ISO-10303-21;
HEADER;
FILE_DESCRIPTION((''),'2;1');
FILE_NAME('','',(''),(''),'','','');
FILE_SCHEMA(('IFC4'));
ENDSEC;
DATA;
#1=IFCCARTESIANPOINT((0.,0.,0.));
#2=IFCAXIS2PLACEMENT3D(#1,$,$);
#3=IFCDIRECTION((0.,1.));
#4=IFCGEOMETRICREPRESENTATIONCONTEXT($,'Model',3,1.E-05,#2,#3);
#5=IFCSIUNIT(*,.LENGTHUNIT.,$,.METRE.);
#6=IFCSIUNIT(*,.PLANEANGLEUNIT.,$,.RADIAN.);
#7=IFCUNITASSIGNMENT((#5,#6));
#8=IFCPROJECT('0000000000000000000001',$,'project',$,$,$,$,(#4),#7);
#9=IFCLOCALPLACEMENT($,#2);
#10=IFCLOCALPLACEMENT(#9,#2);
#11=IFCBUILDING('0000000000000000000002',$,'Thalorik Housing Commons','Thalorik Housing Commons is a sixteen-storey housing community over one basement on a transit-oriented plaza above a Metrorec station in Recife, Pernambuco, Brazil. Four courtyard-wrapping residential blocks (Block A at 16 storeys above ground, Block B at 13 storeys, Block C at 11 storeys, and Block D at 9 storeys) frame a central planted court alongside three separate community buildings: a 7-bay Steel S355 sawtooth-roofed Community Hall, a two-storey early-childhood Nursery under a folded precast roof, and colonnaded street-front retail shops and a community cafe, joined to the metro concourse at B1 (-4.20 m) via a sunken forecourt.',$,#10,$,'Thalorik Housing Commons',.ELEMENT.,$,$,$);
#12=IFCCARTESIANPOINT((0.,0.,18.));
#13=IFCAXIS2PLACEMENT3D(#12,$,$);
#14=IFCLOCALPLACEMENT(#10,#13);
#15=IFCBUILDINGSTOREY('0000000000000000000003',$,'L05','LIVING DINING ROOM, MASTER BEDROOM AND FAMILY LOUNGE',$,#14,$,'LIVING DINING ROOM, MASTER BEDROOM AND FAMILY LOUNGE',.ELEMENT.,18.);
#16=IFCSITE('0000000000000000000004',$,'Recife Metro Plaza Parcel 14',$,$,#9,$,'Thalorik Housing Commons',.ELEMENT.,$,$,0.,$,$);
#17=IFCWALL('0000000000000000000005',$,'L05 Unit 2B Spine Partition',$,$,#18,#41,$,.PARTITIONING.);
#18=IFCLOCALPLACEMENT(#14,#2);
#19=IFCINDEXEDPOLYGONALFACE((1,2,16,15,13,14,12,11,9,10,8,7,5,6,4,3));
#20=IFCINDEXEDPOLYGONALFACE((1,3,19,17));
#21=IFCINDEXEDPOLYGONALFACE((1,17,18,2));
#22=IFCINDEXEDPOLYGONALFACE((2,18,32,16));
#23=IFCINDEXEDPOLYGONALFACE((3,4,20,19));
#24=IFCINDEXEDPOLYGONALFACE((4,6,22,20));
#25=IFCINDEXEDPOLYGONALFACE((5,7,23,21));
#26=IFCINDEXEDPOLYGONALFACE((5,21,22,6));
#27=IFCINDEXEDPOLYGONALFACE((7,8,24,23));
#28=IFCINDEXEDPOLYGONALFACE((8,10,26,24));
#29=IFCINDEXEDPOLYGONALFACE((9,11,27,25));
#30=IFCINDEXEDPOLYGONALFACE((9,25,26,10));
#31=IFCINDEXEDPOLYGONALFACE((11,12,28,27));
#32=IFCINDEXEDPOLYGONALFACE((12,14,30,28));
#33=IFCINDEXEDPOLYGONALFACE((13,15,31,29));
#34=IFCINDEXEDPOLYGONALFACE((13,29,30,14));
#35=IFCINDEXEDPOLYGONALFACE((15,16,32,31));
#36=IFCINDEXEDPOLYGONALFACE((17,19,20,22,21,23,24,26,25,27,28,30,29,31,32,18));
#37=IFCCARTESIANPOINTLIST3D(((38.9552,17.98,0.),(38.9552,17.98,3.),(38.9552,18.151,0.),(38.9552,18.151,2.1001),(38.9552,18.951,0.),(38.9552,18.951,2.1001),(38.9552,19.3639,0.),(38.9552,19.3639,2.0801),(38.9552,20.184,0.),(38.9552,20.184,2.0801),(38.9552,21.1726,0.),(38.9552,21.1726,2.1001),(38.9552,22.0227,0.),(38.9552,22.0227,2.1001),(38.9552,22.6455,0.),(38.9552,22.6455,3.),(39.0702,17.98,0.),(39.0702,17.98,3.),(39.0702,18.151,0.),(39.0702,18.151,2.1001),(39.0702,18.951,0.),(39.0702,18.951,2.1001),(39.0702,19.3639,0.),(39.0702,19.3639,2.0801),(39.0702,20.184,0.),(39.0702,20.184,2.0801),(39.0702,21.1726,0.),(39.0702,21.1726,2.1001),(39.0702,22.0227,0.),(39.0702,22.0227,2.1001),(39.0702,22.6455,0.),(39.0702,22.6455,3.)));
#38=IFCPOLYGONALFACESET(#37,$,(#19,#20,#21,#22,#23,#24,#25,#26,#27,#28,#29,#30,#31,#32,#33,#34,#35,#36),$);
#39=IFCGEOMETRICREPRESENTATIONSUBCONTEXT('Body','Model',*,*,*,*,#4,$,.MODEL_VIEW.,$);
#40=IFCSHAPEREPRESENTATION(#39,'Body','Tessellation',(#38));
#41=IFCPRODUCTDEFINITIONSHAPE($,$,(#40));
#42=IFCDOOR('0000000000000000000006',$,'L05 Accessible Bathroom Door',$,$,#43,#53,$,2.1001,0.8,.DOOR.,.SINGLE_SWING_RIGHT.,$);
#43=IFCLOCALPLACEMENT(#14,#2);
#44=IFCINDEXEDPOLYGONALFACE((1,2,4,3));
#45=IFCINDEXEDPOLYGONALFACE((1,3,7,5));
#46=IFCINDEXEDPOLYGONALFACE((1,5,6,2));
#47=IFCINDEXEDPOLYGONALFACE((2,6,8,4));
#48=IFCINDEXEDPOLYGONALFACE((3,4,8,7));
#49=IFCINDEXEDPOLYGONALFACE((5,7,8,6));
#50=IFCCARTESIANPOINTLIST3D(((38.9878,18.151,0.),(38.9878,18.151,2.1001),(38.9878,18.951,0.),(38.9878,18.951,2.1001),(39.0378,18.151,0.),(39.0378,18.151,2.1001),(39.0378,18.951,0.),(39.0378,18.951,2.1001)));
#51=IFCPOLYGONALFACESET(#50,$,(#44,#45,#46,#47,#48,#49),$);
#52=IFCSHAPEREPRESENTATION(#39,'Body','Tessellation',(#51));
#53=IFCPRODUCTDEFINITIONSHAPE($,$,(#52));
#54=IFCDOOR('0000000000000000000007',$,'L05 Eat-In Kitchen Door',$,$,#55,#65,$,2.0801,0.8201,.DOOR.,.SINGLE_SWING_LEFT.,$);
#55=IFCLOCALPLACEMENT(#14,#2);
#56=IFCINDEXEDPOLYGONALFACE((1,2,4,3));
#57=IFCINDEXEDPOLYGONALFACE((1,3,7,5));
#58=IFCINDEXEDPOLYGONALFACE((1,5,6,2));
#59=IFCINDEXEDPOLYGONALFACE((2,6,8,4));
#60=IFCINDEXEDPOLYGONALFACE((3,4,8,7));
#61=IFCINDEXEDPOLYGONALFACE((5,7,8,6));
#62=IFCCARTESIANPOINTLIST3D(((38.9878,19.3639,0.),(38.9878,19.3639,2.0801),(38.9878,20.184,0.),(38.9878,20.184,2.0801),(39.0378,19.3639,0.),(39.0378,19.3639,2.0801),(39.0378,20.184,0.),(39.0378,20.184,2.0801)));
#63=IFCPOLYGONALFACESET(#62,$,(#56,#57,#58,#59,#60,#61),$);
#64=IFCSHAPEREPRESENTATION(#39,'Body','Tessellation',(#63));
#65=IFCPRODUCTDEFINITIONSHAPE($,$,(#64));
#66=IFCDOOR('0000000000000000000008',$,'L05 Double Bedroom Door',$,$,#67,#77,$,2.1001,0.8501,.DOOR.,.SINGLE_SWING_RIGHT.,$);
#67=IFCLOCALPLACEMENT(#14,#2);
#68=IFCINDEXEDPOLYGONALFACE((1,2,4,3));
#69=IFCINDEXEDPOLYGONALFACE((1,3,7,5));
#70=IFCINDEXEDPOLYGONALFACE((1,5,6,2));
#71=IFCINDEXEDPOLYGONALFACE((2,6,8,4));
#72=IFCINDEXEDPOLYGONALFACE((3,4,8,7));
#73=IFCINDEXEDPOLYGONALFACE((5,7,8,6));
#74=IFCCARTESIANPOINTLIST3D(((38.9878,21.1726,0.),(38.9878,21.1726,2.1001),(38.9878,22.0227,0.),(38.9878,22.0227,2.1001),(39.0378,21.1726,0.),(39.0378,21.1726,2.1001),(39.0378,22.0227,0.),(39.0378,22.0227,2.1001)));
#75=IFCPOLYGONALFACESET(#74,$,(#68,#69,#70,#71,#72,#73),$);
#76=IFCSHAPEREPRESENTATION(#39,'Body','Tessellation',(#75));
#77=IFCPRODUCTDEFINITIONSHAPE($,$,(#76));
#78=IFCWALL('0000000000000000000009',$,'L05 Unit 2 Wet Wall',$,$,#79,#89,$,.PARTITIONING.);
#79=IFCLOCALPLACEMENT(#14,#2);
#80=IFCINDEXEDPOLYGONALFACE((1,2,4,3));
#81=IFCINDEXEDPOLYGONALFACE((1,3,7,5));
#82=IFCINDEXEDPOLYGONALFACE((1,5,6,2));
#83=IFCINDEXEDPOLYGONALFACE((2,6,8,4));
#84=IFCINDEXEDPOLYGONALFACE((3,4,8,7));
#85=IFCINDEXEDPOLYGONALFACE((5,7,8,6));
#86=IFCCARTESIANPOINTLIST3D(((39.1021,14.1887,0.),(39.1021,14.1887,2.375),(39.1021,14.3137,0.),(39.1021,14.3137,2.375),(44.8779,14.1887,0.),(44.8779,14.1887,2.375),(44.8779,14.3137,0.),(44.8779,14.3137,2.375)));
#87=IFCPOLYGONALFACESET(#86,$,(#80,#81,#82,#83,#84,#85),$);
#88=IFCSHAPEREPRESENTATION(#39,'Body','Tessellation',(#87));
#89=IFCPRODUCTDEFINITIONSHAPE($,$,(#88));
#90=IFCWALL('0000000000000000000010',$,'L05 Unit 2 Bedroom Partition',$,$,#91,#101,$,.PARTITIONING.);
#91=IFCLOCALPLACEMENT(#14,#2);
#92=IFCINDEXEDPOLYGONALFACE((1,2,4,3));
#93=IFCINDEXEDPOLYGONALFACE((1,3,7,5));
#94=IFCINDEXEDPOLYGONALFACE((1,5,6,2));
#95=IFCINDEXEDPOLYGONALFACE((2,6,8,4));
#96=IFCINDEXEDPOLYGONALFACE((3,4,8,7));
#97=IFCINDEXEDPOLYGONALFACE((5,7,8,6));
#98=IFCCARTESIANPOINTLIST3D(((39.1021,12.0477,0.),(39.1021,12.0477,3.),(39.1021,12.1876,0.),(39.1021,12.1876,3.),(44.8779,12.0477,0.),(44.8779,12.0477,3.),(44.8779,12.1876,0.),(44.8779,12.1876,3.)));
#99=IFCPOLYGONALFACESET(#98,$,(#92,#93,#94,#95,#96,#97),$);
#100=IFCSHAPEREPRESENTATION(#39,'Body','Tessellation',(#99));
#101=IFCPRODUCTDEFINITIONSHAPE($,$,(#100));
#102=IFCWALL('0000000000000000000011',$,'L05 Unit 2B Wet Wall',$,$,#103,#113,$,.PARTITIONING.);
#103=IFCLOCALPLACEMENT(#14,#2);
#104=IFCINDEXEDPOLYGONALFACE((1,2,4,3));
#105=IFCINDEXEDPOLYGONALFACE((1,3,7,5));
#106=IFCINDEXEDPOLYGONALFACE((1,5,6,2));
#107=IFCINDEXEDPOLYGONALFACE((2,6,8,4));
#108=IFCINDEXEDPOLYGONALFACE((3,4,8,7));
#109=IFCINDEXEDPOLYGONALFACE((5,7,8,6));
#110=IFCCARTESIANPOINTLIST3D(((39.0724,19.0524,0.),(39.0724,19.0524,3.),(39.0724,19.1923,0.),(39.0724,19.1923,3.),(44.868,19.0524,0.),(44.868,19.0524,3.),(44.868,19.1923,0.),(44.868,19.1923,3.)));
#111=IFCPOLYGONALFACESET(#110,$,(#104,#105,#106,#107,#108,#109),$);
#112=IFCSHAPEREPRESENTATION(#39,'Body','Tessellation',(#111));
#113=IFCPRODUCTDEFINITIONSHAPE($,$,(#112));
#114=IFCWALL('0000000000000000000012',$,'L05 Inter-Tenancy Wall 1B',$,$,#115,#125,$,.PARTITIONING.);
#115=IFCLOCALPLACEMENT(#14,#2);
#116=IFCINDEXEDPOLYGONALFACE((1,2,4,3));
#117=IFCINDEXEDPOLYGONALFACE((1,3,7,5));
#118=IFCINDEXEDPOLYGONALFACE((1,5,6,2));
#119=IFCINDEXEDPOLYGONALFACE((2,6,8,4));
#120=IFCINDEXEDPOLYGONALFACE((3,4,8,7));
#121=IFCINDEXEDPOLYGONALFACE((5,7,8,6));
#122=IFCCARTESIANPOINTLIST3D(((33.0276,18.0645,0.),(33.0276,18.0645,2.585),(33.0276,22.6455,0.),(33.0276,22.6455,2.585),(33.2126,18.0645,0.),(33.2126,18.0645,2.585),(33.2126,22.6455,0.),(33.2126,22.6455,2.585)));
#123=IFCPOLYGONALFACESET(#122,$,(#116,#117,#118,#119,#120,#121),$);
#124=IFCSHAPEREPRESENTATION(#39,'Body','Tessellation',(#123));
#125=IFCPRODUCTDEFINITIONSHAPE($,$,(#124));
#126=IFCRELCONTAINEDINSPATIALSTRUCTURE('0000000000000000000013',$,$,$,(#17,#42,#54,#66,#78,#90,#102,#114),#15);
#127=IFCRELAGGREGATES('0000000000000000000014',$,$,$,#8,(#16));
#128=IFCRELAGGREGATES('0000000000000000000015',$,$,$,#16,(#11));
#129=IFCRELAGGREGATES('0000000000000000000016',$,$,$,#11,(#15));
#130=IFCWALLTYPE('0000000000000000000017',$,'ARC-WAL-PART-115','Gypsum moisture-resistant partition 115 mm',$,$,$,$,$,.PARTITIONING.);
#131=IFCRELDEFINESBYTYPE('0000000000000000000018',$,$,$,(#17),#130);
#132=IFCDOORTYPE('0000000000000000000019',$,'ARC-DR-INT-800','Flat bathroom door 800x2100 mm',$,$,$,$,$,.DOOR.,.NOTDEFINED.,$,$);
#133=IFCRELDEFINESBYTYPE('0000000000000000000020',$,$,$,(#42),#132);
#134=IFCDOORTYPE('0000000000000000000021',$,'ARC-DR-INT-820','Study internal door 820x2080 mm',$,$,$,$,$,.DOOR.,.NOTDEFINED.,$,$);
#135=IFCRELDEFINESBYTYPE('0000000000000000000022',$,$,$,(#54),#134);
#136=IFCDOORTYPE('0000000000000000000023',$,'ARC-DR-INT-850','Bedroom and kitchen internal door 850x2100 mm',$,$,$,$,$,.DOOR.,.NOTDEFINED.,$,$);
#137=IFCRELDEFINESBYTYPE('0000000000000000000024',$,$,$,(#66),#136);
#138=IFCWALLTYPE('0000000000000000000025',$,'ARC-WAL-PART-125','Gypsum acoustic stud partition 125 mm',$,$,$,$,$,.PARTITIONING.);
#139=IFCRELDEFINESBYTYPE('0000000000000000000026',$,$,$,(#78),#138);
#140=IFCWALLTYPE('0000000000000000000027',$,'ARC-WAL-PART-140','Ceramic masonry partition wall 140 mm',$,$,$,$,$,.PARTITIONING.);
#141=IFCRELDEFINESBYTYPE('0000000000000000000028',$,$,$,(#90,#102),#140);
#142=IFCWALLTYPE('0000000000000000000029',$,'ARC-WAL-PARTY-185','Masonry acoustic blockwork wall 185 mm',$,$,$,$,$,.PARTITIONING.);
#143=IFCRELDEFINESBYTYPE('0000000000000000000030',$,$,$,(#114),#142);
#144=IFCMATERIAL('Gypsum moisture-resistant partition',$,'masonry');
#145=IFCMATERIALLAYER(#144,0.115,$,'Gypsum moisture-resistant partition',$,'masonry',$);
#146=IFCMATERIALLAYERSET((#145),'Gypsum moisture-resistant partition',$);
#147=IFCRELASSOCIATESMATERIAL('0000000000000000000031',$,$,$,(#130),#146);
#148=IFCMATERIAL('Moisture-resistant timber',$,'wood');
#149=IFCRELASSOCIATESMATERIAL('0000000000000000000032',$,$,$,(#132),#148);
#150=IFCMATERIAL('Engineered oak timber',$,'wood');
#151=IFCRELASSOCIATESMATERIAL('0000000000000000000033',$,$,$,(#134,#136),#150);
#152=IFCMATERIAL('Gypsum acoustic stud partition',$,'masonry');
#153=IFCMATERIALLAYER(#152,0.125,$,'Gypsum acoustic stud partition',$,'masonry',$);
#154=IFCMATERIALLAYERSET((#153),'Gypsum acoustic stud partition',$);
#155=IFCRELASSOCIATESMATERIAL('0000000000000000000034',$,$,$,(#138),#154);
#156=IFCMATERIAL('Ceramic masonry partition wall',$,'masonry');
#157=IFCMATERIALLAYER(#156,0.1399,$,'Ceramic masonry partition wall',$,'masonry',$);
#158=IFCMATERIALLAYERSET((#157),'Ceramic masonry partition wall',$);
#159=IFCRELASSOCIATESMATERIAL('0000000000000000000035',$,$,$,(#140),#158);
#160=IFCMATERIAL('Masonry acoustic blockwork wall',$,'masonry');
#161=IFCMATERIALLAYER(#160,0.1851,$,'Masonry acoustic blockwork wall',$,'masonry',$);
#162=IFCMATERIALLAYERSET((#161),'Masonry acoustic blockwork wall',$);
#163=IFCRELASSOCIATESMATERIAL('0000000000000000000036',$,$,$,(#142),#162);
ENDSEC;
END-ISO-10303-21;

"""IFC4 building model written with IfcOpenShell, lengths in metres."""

from ifc_helpers import new_model, si_unit, direction, frame, frame_2d, origin, place, context, subcontext, project, spatial, rectangle, extrude, material, layer, layer_set, type_object, element, fill, save


model = new_model("IFC4")

# Units and contexts
model_context = context("Model", 3, precision=1e-05, world=origin(), true_north=direction((0.0, 1.0)))
body_context = subcontext(model_context, "Body", "Model", "MODEL_VIEW")
ifc_project = project(units=[si_unit("LENGTHUNIT", "METRE"), si_unit("PLANEANGLEUNIT", "RADIAN")], contexts=[model_context])

# Site, building, storey
site_placement = place(None, origin())
site = spatial("IfcSite", under=ifc_project, at=site_placement, Name="Recife Metro Plaza Parcel 14", LongName="Thalorik Housing Commons", CompositionType="ELEMENT", RefElevation=0.0)
building_placement = place(site_placement, origin())
building = spatial("IfcBuilding", under=site, at=building_placement, Name="Thalorik Housing Commons", Description="Thalorik Housing Commons is a sixteen-storey housing community over one basement on a transit-oriented plaza above a Metrorec station in Recife, Pernambuco, Brazil. Four courtyard-wrapping residential blocks (Block A at 16 storeys above ground, Block B at 13 storeys, Block C at 11 storeys, and Block D at 9 storeys) frame a central planted court alongside three separate community buildings: a 7-bay Steel S355 sawtooth-roofed Community Hall, a two-storey early-childhood Nursery under a folded precast roof, and colonnaded street-front retail shops and a community cafe, joined to the metro concourse at B1 (-4.20 m) via a sunken forecourt.", LongName="Thalorik Housing Commons", CompositionType="ELEMENT")
storey_placement = place(building_placement, frame((0.0, 0.0, 18.0)))
storey = spatial("IfcBuildingStorey", under=building, at=storey_placement, Name="L05", Description="LIVING DINING ROOM, MASTER BEDROOM AND FAMILY LOUNGE", LongName="LIVING DINING ROOM, MASTER BEDROOM AND FAMILY LOUNGE", CompositionType="ELEMENT", Elevation=18.0)

# Wall, openings, doors
ifc_material_1 = material(Name="Gypsum moisture-resistant partition", Category="masonry")
ifc_layer_1 = layer(ifc_material_1, 0.115, Name="Gypsum moisture-resistant partition", Category="masonry")
ifc_layer_set_1 = layer_set([ifc_layer_1], Name="Gypsum moisture-resistant partition")
wall_type_1 = type_object("IfcWallType", Name="ARC-WAL-PART-115", Description="Gypsum moisture-resistant partition 115 mm", PredefinedType="PARTITIONING", material=ifc_layer_set_1)
wall_1_placement = place(storey_placement, frame((39.0127, 17.98, 0.0), z_axis=(0.0, 0.0, 1.0), x_axis=(0.0, 1.0, 0.0)))
wall_1 = element("IfcWall", 1, at=wall_1_placement, inside=storey, type_object=wall_type_1, Name="L05 Unit 2B Spine Partition", PredefinedType="PARTITIONING", context=body_context, shape_type="SweptSolid", body=[
    extrude(rectangle(XDim=4.6655, YDim=0.115, at=frame_2d((2.3328, 0.0))), origin(), (0.0, 0.0, 1.0), 3.0),
])
opening_1_placement = place(wall_1_placement, frame((0.1711, 0.0, 0.0)))
opening_1 = element("IfcOpeningElement", 2, at=opening_1_placement, cuts=wall_1, PredefinedType="OPENING", context=body_context, shape_type="SweptSolid", body=[
    extrude(rectangle(XDim=0.8, YDim=2.1001, at=frame_2d((0.3999, 1.05))), frame((0.0, 0.0674, 0.0), z_axis=(0.0, -1.0, 0.0), x_axis=(1.0, 0.0, 0.0)), (0.0, 0.0, 1.0), 0.135),
])
opening_2_placement = place(wall_1_placement, frame((1.3838, 0.0, 0.0)))
opening_2 = element("IfcOpeningElement", 3, at=opening_2_placement, cuts=wall_1, PredefinedType="OPENING", context=body_context, shape_type="SweptSolid", body=[
    extrude(rectangle(XDim=0.8201, YDim=2.0801, at=frame_2d((0.4102, 1.04))), frame((0.0, 0.0674, 0.0), z_axis=(0.0, -1.0, 0.0), x_axis=(1.0, 0.0, 0.0)), (0.0, 0.0, 1.0), 0.135),
])
opening_3_placement = place(wall_1_placement, frame((3.1926, 0.0, 0.0)))
opening_3 = element("IfcOpeningElement", 4, at=opening_3_placement, cuts=wall_1, PredefinedType="OPENING", context=body_context, shape_type="SweptSolid", body=[
    extrude(rectangle(XDim=0.8501, YDim=2.1001, at=frame_2d((0.425, 1.05))), frame((0.0, 0.0674, 0.0), z_axis=(0.0, -1.0, 0.0), x_axis=(1.0, 0.0, 0.0)), (0.0, 0.0, 1.0), 0.135),
])
ifc_material_2 = material(Name="Moisture-resistant timber", Category="wood")
door_type_1 = type_object("IfcDoorType", Name="ARC-DR-INT-800", Description="Flat bathroom door 800x2100 mm", OperationType="NOTDEFINED", PredefinedType="DOOR", material=ifc_material_2)
door_1_placement = place(opening_1_placement, origin())
door_1 = element("IfcDoor", 5, at=door_1_placement, inside=storey, type_object=door_type_1, Name="L05 Accessible Bathroom Door", OperationType="SINGLE_SWING_RIGHT", OverallHeight=2.1001, OverallWidth=0.8, PredefinedType="DOOR", context=body_context, shape_type="SweptSolid", body=[
    extrude(rectangle(XDim=0.8, YDim=2.1001, at=frame_2d((0.3999, 1.05))), frame((0.0, 0.0249, 0.0), z_axis=(0.0, -1.0, 0.0), x_axis=(1.0, 0.0, 0.0)), (0.0, 0.0, 1.0), 0.05),
])
fill(opening_1, door_1)
ifc_material_3 = material(Name="Engineered oak timber", Category="wood")
door_type_2 = type_object("IfcDoorType", Name="ARC-DR-INT-820", Description="Study internal door 820x2080 mm", OperationType="NOTDEFINED", PredefinedType="DOOR", material=ifc_material_3)
door_2_placement = place(opening_2_placement, origin())
door_2 = element("IfcDoor", 6, at=door_2_placement, inside=storey, type_object=door_type_2, Name="L05 Eat-In Kitchen Door", OperationType="SINGLE_SWING_LEFT", OverallHeight=2.0801, OverallWidth=0.8201, PredefinedType="DOOR", context=body_context, shape_type="SweptSolid", body=[
    extrude(rectangle(XDim=0.8201, YDim=2.0801, at=frame_2d((0.4102, 1.04))), frame((0.0, 0.0249, 0.0), z_axis=(0.0, -1.0, 0.0), x_axis=(1.0, 0.0, 0.0)), (0.0, 0.0, 1.0), 0.05),
])
fill(opening_2, door_2)
door_type_3 = type_object("IfcDoorType", Name="ARC-DR-INT-850", Description="Bedroom and kitchen internal door 850x2100 mm", OperationType="NOTDEFINED", PredefinedType="DOOR", material=ifc_material_3)
door_3_placement = place(opening_3_placement, origin())
door_3 = element("IfcDoor", 7, at=door_3_placement, inside=storey, type_object=door_type_3, Name="L05 Double Bedroom Door", OperationType="SINGLE_SWING_RIGHT", OverallHeight=2.1001, OverallWidth=0.8501, PredefinedType="DOOR", context=body_context, shape_type="SweptSolid", body=[
    extrude(rectangle(XDim=0.8501, YDim=2.1001, at=frame_2d((0.425, 1.05))), frame((0.0, 0.0249, 0.0), z_axis=(0.0, -1.0, 0.0), x_axis=(1.0, 0.0, 0.0)), (0.0, 0.0, 1.0), 0.05),
])
fill(opening_3, door_3)

# Walls
ifc_material_4 = material(Name="Gypsum acoustic stud partition", Category="masonry")
ifc_layer_2 = layer(ifc_material_4, 0.125, Name="Gypsum acoustic stud partition", Category="masonry")
ifc_layer_set_2 = layer_set([ifc_layer_2], Name="Gypsum acoustic stud partition")
wall_type_2 = type_object("IfcWallType", Name="ARC-WAL-PART-125", Description="Gypsum acoustic stud partition 125 mm", PredefinedType="PARTITIONING", material=ifc_layer_set_2)
wall_2_placement = place(storey_placement, frame((39.1021, 14.2512, 0.0), z_axis=(0.0, 0.0, 1.0), x_axis=(1.0, 0.0, 0.0)))
element("IfcWall", 8, at=wall_2_placement, inside=storey, type_object=wall_type_2, Name="L05 Unit 2 Wet Wall", PredefinedType="PARTITIONING", context=body_context, shape_type="SweptSolid", body=[
    extrude(rectangle(XDim=5.7759, YDim=0.125, at=frame_2d((2.8879, 0.0))), origin(), (0.0, 0.0, 1.0), 2.375),
])
ifc_material_5 = material(Name="Ceramic masonry partition wall", Category="masonry")
ifc_layer_3 = layer(ifc_material_5, 0.1399, Name="Ceramic masonry partition wall", Category="masonry")
ifc_layer_set_3 = layer_set([ifc_layer_3], Name="Ceramic masonry partition wall")
wall_type_3 = type_object("IfcWallType", Name="ARC-WAL-PART-140", Description="Ceramic masonry partition wall 140 mm", PredefinedType="PARTITIONING", material=ifc_layer_set_3)
wall_3_placement = place(storey_placement, frame((39.1021, 12.1177, 0.0), z_axis=(0.0, 0.0, 1.0), x_axis=(1.0, 0.0, 0.0)))
element("IfcWall", 9, at=wall_3_placement, inside=storey, type_object=wall_type_3, Name="L05 Unit 2 Bedroom Partition", PredefinedType="PARTITIONING", context=body_context, shape_type="SweptSolid", body=[
    extrude(rectangle(XDim=5.7759, YDim=0.1399, at=frame_2d((2.8879, 0.0))), origin(), (0.0, 0.0, 1.0), 3.0),
])
wall_4_placement = place(storey_placement, frame((39.0723, 19.1223, 0.0), z_axis=(0.0, 0.0, 1.0), x_axis=(1.0, 0.0, 0.0)))
element("IfcWall", 10, at=wall_4_placement, inside=storey, type_object=wall_type_3, Name="L05 Unit 2B Wet Wall", PredefinedType="PARTITIONING", context=body_context, shape_type="SweptSolid", body=[
    extrude(rectangle(XDim=5.7957, YDim=0.1399, at=frame_2d((2.8979, 0.0))), origin(), (0.0, 0.0, 1.0), 3.0),
])
ifc_material_6 = material(Name="Masonry acoustic blockwork wall", Category="masonry")
ifc_layer_4 = layer(ifc_material_6, 0.1851, Name="Masonry acoustic blockwork wall", Category="masonry")
ifc_layer_set_4 = layer_set([ifc_layer_4], Name="Masonry acoustic blockwork wall")
wall_type_4 = type_object("IfcWallType", Name="ARC-WAL-PARTY-185", Description="Masonry acoustic blockwork wall 185 mm", PredefinedType="PARTITIONING", material=ifc_layer_set_4)
wall_5_placement = place(storey_placement, frame((33.1201, 18.0645, 0.0), z_axis=(0.0, 0.0, 1.0), x_axis=(0.0, 1.0, 0.0)))
element("IfcWall", 11, at=wall_5_placement, inside=storey, type_object=wall_type_4, Name="L05 Inter-Tenancy Wall 1B", PredefinedType="PARTITIONING", context=body_context, shape_type="SweptSolid", body=[
    extrude(rectangle(XDim=4.5811, YDim=0.1851, at=frame_2d((2.2905, 0.0))), origin(), (0.0, 0.0, 1.0), 2.585),
])

save(model, "model.ifc")
